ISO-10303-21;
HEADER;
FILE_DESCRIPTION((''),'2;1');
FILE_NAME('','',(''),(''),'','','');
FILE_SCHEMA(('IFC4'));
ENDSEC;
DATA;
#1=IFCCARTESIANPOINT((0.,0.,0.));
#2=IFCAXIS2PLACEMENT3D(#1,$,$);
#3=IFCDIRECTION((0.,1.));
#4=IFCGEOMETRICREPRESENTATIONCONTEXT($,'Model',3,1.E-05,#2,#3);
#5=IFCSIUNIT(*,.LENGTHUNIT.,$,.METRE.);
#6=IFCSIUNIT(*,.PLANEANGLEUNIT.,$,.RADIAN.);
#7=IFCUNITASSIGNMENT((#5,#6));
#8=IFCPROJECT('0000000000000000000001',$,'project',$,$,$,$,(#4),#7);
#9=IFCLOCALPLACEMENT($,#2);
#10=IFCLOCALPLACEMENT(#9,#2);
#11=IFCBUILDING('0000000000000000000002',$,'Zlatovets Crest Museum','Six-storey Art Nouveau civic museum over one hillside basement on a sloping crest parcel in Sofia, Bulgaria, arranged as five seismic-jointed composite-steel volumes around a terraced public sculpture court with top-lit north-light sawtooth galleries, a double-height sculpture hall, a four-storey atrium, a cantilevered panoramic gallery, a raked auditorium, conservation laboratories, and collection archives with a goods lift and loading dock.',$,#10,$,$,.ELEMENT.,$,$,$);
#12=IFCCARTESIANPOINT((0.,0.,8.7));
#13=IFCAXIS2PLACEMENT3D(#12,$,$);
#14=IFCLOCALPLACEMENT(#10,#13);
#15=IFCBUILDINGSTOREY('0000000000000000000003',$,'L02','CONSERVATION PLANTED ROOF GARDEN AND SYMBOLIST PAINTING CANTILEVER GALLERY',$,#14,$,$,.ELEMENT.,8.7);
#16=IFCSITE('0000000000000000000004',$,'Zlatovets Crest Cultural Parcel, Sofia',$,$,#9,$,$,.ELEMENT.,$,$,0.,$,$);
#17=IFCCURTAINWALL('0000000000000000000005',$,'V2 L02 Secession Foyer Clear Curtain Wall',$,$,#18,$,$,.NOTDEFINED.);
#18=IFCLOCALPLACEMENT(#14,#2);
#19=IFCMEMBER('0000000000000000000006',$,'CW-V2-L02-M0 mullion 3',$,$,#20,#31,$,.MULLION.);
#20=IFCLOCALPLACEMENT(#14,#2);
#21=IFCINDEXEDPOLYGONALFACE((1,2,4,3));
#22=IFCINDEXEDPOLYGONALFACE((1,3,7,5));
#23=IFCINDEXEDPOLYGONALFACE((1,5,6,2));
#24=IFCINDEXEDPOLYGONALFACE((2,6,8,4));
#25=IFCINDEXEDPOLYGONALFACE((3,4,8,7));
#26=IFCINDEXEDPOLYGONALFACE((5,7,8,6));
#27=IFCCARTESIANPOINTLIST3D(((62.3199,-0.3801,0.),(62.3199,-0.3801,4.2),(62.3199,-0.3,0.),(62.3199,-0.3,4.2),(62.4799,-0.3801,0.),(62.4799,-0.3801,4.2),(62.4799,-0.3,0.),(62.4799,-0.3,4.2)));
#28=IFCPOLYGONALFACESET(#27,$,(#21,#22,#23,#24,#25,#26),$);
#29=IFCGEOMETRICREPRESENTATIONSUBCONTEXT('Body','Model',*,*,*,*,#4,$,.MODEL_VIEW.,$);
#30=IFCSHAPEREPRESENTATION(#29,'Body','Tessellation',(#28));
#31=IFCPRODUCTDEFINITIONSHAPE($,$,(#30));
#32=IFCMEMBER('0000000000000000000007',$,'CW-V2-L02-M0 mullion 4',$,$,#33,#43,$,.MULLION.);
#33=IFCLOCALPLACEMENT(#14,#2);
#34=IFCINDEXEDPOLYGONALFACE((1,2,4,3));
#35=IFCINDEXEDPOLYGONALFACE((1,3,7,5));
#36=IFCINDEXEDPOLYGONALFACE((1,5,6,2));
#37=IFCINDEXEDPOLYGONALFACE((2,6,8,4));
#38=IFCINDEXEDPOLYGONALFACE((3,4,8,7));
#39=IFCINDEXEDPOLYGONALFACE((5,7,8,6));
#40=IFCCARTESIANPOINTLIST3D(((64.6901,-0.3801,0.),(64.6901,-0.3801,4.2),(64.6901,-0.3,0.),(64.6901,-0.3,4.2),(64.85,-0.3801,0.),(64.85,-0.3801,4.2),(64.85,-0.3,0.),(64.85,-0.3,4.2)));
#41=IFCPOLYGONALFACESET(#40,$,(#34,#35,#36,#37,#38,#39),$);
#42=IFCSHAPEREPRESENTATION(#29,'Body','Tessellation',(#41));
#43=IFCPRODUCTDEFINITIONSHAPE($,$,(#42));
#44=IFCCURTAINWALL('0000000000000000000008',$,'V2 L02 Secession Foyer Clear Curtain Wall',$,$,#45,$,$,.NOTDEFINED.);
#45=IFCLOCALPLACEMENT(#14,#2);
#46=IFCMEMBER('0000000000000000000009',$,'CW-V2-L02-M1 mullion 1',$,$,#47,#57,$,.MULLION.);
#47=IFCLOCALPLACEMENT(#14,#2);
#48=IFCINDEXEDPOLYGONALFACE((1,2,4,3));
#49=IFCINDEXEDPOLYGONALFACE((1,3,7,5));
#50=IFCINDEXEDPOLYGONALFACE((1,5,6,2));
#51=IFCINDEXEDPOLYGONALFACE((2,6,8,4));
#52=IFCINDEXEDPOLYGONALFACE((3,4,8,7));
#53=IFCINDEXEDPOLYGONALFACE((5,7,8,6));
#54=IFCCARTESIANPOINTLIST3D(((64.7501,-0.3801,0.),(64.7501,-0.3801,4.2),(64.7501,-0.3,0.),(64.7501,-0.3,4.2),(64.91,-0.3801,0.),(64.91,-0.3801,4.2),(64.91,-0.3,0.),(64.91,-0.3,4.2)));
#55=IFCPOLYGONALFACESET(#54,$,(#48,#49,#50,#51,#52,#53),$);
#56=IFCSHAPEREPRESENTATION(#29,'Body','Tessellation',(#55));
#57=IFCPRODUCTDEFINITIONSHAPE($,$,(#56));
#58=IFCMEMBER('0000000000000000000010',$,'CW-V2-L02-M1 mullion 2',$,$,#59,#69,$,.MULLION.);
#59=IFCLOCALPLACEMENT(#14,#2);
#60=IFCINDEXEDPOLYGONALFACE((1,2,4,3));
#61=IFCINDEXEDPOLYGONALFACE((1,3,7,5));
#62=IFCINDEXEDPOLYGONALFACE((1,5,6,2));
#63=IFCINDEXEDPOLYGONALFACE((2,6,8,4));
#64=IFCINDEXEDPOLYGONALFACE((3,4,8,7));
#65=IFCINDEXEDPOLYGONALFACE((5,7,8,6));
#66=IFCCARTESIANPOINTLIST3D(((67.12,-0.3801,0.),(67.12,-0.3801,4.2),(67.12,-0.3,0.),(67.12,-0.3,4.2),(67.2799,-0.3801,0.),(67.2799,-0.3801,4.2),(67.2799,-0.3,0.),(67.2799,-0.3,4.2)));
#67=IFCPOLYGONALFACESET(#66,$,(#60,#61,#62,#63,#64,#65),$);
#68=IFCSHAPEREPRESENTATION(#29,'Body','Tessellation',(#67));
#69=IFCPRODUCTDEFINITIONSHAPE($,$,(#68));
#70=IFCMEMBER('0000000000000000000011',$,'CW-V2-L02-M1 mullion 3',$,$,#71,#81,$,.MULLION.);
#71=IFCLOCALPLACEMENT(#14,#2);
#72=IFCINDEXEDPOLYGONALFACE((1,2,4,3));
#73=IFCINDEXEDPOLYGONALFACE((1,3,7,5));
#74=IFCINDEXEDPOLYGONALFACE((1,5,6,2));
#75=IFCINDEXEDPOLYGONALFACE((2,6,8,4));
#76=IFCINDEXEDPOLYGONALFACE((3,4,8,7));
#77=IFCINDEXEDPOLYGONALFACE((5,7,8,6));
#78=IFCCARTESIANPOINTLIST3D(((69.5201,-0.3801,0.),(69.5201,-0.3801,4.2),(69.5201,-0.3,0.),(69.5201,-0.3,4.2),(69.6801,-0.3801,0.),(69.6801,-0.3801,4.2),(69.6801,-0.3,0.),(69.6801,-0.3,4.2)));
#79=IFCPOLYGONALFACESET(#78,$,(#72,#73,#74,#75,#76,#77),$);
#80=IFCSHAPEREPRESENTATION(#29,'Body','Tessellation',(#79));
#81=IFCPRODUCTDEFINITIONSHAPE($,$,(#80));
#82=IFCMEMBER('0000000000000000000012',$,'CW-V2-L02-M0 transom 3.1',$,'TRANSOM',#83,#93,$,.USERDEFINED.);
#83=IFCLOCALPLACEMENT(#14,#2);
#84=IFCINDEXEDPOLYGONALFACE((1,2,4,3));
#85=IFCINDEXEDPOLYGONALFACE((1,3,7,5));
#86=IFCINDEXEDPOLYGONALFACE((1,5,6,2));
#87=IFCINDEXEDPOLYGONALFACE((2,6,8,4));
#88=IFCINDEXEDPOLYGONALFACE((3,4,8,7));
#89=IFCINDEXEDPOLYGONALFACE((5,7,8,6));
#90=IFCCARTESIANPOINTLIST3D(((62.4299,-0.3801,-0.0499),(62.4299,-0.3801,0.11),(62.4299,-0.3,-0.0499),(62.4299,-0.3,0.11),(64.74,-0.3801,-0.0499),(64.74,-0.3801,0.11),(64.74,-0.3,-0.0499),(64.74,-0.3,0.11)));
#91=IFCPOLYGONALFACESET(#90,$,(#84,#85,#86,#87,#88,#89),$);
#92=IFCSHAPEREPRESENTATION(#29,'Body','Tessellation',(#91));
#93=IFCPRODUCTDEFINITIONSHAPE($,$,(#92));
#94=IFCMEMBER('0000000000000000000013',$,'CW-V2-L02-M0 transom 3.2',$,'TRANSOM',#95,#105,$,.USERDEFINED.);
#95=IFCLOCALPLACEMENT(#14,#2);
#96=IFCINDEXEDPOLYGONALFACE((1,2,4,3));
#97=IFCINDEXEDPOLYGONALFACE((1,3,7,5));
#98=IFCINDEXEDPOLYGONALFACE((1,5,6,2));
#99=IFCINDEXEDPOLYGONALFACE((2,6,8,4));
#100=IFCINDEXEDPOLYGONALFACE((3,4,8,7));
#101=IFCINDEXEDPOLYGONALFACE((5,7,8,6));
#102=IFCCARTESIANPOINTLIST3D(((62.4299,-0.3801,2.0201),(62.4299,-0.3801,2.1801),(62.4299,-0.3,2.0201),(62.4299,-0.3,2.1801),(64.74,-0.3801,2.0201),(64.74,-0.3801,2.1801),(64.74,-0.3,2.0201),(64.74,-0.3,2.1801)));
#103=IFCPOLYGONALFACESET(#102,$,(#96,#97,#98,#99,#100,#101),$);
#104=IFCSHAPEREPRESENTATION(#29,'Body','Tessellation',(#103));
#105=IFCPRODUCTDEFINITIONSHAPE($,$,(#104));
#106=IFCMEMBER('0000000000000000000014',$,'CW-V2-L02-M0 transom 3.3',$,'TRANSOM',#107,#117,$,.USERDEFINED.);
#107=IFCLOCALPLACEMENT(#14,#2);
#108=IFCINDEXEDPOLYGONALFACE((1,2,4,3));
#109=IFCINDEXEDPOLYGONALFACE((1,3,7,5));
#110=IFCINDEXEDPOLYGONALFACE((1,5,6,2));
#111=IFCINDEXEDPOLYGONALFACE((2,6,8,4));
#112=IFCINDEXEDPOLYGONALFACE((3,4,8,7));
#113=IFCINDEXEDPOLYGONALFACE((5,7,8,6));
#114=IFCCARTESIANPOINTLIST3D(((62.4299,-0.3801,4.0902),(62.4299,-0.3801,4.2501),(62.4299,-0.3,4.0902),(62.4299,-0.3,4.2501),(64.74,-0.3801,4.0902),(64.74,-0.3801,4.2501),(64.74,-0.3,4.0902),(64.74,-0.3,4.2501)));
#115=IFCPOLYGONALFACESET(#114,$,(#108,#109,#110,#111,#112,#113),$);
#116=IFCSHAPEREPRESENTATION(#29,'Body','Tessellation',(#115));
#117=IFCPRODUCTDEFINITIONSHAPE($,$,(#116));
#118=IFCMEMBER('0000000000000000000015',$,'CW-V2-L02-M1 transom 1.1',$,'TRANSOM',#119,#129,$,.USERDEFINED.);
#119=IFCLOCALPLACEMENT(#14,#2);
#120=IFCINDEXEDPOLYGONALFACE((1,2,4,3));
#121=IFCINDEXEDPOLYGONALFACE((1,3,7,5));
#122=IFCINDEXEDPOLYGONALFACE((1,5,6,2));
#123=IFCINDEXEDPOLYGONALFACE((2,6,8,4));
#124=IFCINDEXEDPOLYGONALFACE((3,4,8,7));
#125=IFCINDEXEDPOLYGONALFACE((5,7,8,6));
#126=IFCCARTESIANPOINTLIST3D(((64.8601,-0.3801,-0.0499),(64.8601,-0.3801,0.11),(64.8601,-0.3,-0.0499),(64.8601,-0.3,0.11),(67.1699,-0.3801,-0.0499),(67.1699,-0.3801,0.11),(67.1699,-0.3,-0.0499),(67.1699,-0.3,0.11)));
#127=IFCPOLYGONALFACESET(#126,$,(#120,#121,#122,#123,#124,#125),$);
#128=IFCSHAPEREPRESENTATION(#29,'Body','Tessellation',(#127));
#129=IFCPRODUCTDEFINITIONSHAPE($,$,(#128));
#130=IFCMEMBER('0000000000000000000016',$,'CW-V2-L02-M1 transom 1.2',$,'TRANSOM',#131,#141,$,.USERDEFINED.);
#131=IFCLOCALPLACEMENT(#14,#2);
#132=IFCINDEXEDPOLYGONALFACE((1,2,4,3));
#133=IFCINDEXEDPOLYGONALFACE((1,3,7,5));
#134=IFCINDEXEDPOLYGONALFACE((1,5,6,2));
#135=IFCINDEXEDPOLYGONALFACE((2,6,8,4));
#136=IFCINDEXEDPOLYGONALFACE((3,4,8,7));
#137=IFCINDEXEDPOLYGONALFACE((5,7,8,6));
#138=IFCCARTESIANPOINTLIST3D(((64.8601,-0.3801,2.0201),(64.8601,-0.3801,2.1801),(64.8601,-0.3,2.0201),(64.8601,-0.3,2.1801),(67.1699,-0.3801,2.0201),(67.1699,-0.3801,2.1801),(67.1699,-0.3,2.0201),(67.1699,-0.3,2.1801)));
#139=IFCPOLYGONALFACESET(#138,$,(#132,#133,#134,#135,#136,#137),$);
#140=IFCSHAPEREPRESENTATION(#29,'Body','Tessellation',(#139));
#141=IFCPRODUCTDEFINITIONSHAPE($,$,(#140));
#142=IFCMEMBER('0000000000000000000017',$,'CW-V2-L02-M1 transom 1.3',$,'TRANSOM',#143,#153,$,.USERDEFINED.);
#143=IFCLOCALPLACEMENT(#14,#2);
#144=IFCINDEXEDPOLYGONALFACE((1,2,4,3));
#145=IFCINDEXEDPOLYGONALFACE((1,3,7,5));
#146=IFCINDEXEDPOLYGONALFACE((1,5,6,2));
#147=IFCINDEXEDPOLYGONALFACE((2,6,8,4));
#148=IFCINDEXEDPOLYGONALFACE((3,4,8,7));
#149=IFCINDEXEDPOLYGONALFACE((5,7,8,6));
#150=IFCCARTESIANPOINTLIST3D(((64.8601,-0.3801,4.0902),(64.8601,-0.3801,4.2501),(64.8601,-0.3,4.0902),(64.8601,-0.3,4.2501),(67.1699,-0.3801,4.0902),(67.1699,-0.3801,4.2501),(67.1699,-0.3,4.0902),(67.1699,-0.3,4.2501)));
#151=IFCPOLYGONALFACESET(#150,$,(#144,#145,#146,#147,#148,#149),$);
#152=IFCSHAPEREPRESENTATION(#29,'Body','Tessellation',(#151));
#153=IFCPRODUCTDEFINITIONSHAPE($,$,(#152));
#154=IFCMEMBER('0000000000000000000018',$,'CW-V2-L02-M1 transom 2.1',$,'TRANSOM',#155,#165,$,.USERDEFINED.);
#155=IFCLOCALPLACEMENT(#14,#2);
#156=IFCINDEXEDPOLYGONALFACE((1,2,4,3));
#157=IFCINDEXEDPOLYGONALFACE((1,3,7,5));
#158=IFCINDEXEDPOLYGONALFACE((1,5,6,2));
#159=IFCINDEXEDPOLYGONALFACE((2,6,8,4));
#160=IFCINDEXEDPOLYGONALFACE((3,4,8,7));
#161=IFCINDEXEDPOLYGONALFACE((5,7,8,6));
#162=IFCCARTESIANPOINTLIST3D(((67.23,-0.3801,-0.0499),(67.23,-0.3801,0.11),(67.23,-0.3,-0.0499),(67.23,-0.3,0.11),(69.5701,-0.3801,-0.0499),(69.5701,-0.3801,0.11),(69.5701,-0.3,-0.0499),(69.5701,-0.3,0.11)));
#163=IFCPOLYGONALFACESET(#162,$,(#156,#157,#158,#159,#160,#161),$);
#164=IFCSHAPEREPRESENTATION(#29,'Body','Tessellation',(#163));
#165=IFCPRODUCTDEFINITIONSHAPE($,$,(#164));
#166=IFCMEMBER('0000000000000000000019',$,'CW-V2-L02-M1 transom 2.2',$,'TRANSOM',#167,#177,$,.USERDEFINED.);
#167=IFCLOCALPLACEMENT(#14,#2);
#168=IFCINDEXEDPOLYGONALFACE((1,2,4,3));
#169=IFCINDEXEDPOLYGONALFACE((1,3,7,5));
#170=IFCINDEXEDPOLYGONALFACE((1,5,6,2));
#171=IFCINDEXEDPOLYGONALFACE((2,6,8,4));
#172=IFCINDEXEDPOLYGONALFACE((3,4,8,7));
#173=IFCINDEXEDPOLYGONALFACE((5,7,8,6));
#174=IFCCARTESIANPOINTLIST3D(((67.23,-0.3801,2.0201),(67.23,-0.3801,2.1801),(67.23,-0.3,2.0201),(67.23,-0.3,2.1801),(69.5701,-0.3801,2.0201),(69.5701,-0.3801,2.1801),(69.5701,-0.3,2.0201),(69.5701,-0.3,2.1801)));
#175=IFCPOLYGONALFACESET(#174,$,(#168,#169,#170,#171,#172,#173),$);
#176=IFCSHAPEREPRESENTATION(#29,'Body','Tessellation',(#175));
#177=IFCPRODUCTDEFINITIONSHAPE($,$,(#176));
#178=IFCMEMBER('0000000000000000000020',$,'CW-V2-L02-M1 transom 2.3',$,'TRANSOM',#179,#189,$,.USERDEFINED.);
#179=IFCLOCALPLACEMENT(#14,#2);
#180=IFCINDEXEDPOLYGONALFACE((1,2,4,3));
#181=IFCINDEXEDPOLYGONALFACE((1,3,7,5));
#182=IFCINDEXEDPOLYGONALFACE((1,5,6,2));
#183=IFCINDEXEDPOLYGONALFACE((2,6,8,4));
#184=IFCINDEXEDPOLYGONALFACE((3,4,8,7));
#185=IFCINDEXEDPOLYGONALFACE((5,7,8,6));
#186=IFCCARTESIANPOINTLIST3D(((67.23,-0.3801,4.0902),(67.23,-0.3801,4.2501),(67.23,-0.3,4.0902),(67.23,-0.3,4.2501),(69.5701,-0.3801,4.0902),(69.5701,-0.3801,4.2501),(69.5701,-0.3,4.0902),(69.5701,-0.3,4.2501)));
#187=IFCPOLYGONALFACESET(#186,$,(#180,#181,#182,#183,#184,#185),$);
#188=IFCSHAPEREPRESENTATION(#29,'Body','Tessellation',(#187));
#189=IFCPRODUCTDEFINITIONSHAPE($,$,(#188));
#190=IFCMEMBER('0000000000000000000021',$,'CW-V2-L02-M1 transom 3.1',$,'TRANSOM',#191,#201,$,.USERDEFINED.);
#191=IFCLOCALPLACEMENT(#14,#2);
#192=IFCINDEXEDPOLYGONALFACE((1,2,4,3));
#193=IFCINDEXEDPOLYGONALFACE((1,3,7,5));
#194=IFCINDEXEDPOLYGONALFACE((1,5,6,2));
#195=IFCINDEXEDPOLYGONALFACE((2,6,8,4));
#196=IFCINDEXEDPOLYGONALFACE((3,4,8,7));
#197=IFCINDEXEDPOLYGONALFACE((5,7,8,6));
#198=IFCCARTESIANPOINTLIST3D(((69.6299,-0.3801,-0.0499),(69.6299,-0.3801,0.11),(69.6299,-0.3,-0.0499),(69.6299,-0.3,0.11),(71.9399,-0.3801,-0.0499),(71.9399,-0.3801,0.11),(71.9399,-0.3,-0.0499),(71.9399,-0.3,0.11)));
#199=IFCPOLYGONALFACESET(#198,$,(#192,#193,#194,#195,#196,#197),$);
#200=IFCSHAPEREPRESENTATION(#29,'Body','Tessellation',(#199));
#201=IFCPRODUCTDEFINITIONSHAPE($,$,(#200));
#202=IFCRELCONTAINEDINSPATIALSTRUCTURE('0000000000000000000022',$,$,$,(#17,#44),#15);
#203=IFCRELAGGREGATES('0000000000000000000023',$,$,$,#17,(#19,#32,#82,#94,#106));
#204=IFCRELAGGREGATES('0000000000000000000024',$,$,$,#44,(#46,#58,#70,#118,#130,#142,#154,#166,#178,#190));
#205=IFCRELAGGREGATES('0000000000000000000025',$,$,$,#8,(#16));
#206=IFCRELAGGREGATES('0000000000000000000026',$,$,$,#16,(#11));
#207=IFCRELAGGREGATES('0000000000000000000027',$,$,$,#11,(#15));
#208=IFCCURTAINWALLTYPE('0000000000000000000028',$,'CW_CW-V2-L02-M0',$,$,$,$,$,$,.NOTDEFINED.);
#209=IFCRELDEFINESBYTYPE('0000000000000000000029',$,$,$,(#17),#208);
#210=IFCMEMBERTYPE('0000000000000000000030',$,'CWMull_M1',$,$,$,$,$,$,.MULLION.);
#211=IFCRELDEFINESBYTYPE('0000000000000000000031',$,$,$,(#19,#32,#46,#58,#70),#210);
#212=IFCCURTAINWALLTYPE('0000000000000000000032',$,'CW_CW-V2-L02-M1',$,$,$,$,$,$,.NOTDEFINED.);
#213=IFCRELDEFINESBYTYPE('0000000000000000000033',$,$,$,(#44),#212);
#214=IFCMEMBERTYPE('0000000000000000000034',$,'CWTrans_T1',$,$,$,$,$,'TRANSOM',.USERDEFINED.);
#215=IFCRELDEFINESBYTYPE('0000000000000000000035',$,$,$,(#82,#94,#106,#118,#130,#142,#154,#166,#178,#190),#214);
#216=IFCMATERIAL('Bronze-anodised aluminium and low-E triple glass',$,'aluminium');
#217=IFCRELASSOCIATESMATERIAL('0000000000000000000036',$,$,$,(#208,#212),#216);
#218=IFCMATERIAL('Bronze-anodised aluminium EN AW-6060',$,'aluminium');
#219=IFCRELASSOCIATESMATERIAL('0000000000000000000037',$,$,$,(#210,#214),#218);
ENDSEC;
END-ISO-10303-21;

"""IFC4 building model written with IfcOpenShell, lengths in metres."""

from ifc_helpers import new_model, si_unit, direction, frame, origin, origin_2d, place, context, subcontext, project, spatial, rectangle, extrude, material, material_profile, profile_set, type_object, element, aggregate, save


model = new_model("IFC4")

# Units and contexts
model_context = context("Model", 3, precision=1e-05, world=origin(), true_north=direction((0.0, 1.0)))
body_context = subcontext(model_context, "Body", "Model", "MODEL_VIEW")
ifc_project = project(units=[si_unit("LENGTHUNIT", "METRE"), si_unit("PLANEANGLEUNIT", "RADIAN")], contexts=[model_context])

# Site, building, storey
site_placement = place(None, origin())
site = spatial("IfcSite", under=ifc_project, at=site_placement, Name="Zlatovets Crest Cultural Parcel, Sofia", CompositionType="ELEMENT", RefElevation=0.0)
building_placement = place(site_placement, origin())
building = spatial("IfcBuilding", under=site, at=building_placement, Name="Zlatovets Crest Museum", Description="Six-storey Art Nouveau civic museum over one hillside basement on a sloping crest parcel in Sofia, Bulgaria, arranged as five seismic-jointed composite-steel volumes around a terraced public sculpture court with top-lit north-light sawtooth galleries, a double-height sculpture hall, a four-storey atrium, a cantilevered panoramic gallery, a raked auditorium, conservation laboratories, and collection archives with a goods lift and loading dock.", CompositionType="ELEMENT")
storey_placement = place(building_placement, frame((0.0, 0.0, 8.7)))
storey = spatial("IfcBuildingStorey", under=building, at=storey_placement, Name="L02", Description="CONSERVATION PLANTED ROOF GARDEN AND SYMBOLIST PAINTING CANTILEVER GALLERY", CompositionType="ELEMENT", Elevation=8.7)

# Curtain walls, members
ifc_material_1 = material(Name="Bronze-anodised aluminium and low-E triple glass", Category="aluminium")
curtain_wall_type_1 = type_object("IfcCurtainWallType", Name="CW_CW-V2-L02-M0", PredefinedType="NOTDEFINED", material=ifc_material_1)
curtain_wall_1_placement = place(storey_placement, origin())
curtain_wall_1 = element("IfcCurtainWall", 1, at=curtain_wall_1_placement, inside=storey, type_object=curtain_wall_type_1, Name="V2 L02 Secession Foyer Clear Curtain Wall", PredefinedType="NOTDEFINED")
ifc_material_2 = material(Name="Bronze-anodised aluminium EN AW-6060", Category="aluminium")
ifc_material_profile_1 = material_profile(ifc_material_2, rectangle(XDim=0.0801, YDim=0.1599, at=origin_2d()), Name="ALU 80x160")
ifc_profile_set_1 = profile_set([ifc_material_profile_1], Name="Bronze-anodised aluminium EN AW-6060")
member_type_1 = type_object("IfcMemberType", Name="CWMull_M1", PredefinedType="MULLION", material=ifc_profile_set_1)
member_1_placement = place(storey_placement, frame((62.3999, -0.3401, 0.0), z_axis=(0.0, 0.0, 1.0), x_axis=(0.0, 1.0, 0.0)))
member_1 = element("IfcMember", 2, at=member_1_placement, type_object=member_type_1, Name="CW-V2-L02-M0 mullion 3", PredefinedType="MULLION", context=body_context, shape_type="SweptSolid", body=[
    extrude(rectangle(XDim=0.0801, YDim=0.1599, at=origin_2d()), origin(), (0.0, 0.0, 1.0), 4.2),
])
member_2_placement = place(storey_placement, frame((64.77, -0.3401, 0.0), z_axis=(0.0, 0.0, 1.0), x_axis=(0.0, 1.0, 0.0)))
member_2 = element("IfcMember", 3, at=member_2_placement, type_object=member_type_1, Name="CW-V2-L02-M0 mullion 4", PredefinedType="MULLION", context=body_context, shape_type="SweptSolid", body=[
    extrude(rectangle(XDim=0.0801, YDim=0.1599, at=origin_2d()), origin(), (0.0, 0.0, 1.0), 4.2),
])
curtain_wall_type_2 = type_object("IfcCurtainWallType", Name="CW_CW-V2-L02-M1", PredefinedType="NOTDEFINED", material=ifc_material_1)
curtain_wall_2_placement = place(storey_placement, origin())
curtain_wall_2 = element("IfcCurtainWall", 4, at=curtain_wall_2_placement, inside=storey, type_object=curtain_wall_type_2, Name="V2 L02 Secession Foyer Clear Curtain Wall", PredefinedType="NOTDEFINED")
member_3_placement = place(storey_placement, frame((64.8301, -0.3401, 0.0), z_axis=(0.0, 0.0, 1.0), x_axis=(0.0, 1.0, 0.0)))
member_3 = element("IfcMember", 5, at=member_3_placement, type_object=member_type_1, Name="CW-V2-L02-M1 mullion 1", PredefinedType="MULLION", context=body_context, shape_type="SweptSolid", body=[
    extrude(rectangle(XDim=0.0801, YDim=0.1599, at=origin_2d()), origin(), (0.0, 0.0, 1.0), 4.2),
])
member_4_placement = place(storey_placement, frame((67.2, -0.3401, 0.0), z_axis=(0.0, 0.0, 1.0), x_axis=(0.0, 1.0, 0.0)))
member_4 = element("IfcMember", 6, at=member_4_placement, type_object=member_type_1, Name="CW-V2-L02-M1 mullion 2", PredefinedType="MULLION", context=body_context, shape_type="SweptSolid", body=[
    extrude(rectangle(XDim=0.0801, YDim=0.1599, at=origin_2d()), origin(), (0.0, 0.0, 1.0), 4.2),
])
member_5_placement = place(storey_placement, frame((69.6001, -0.3401, 0.0), z_axis=(0.0, 0.0, 1.0), x_axis=(0.0, 1.0, 0.0)))
member_5 = element("IfcMember", 7, at=member_5_placement, type_object=member_type_1, Name="CW-V2-L02-M1 mullion 3", PredefinedType="MULLION", context=body_context, shape_type="SweptSolid", body=[
    extrude(rectangle(XDim=0.0801, YDim=0.1599, at=origin_2d()), origin(), (0.0, 0.0, 1.0), 4.2),
])

# Members
ifc_material_profile_2 = material_profile(ifc_material_2, rectangle(XDim=0.0801, YDim=0.1599, at=origin_2d()), Name="ALU 80x160")
ifc_profile_set_2 = profile_set([ifc_material_profile_2], Name="Bronze-anodised aluminium EN AW-6060")
member_type_2 = type_object("IfcMemberType", Name="CWTrans_T1", ElementType="TRANSOM", PredefinedType="USERDEFINED", material=ifc_profile_set_2)
member_6_placement = place(storey_placement, frame((62.4299, -0.3401, 0.03), z_axis=(1.0, 0.0, 0.0), x_axis=(0.0, 1.0, 0.0)))
member_6 = element("IfcMember", 8, at=member_6_placement, type_object=member_type_2, Name="CW-V2-L02-M0 transom 3.1", ObjectType="TRANSOM", PredefinedType="USERDEFINED", context=body_context, shape_type="SweptSolid", body=[
    extrude(rectangle(XDim=0.0801, YDim=0.1599, at=origin_2d()), origin(), (0.0, 0.0, 1.0), 2.3101),
])
member_7_placement = place(storey_placement, frame((62.4299, -0.3401, 2.1001), z_axis=(1.0, 0.0, 0.0), x_axis=(0.0, 1.0, 0.0)))
member_7 = element("IfcMember", 9, at=member_7_placement, type_object=member_type_2, Name="CW-V2-L02-M0 transom 3.2", ObjectType="TRANSOM", PredefinedType="USERDEFINED", context=body_context, shape_type="SweptSolid", body=[
    extrude(rectangle(XDim=0.0801, YDim=0.1599, at=origin_2d()), origin(), (0.0, 0.0, 1.0), 2.3101),
])
member_8_placement = place(storey_placement, frame((62.4299, -0.3401, 4.1702), z_axis=(1.0, 0.0, 0.0), x_axis=(0.0, 1.0, 0.0)))
member_8 = element("IfcMember", 10, at=member_8_placement, type_object=member_type_2, Name="CW-V2-L02-M0 transom 3.3", ObjectType="TRANSOM", PredefinedType="USERDEFINED", context=body_context, shape_type="SweptSolid", body=[
    extrude(rectangle(XDim=0.0801, YDim=0.1599, at=origin_2d()), origin(), (0.0, 0.0, 1.0), 2.3101),
])
member_9_placement = place(storey_placement, frame((64.8601, -0.3401, 0.03), z_axis=(1.0, 0.0, 0.0), x_axis=(0.0, 1.0, 0.0)))
member_9 = element("IfcMember", 11, at=member_9_placement, type_object=member_type_2, Name="CW-V2-L02-M1 transom 1.1", ObjectType="TRANSOM", PredefinedType="USERDEFINED", context=body_context, shape_type="SweptSolid", body=[
    extrude(rectangle(XDim=0.0801, YDim=0.1599, at=origin_2d()), origin(), (0.0, 0.0, 1.0), 2.3098),
])
member_10_placement = place(storey_placement, frame((64.8601, -0.3401, 2.1001), z_axis=(1.0, 0.0, 0.0), x_axis=(0.0, 1.0, 0.0)))
member_10 = element("IfcMember", 12, at=member_10_placement, type_object=member_type_2, Name="CW-V2-L02-M1 transom 1.2", ObjectType="TRANSOM", PredefinedType="USERDEFINED", context=body_context, shape_type="SweptSolid", body=[
    extrude(rectangle(XDim=0.0801, YDim=0.1599, at=origin_2d()), origin(), (0.0, 0.0, 1.0), 2.3098),
])
member_11_placement = place(storey_placement, frame((64.8601, -0.3401, 4.1702), z_axis=(1.0, 0.0, 0.0), x_axis=(0.0, 1.0, 0.0)))
member_11 = element("IfcMember", 13, at=member_11_placement, type_object=member_type_2, Name="CW-V2-L02-M1 transom 1.3", ObjectType="TRANSOM", PredefinedType="USERDEFINED", context=body_context, shape_type="SweptSolid", body=[
    extrude(rectangle(XDim=0.0801, YDim=0.1599, at=origin_2d()), origin(), (0.0, 0.0, 1.0), 2.3098),
])
member_12_placement = place(storey_placement, frame((67.23, -0.3401, 0.03), z_axis=(1.0, 0.0, 0.0), x_axis=(0.0, 1.0, 0.0)))
member_12 = element("IfcMember", 14, at=member_12_placement, type_object=member_type_2, Name="CW-V2-L02-M1 transom 2.1", ObjectType="TRANSOM", PredefinedType="USERDEFINED", context=body_context, shape_type="SweptSolid", body=[
    extrude(rectangle(XDim=0.0801, YDim=0.1599, at=origin_2d()), origin(), (0.0, 0.0, 1.0), 2.3401),
])
member_13_placement = place(storey_placement, frame((67.23, -0.3401, 2.1001), z_axis=(1.0, 0.0, 0.0), x_axis=(0.0, 1.0, 0.0)))
member_13 = element("IfcMember", 15, at=member_13_placement, type_object=member_type_2, Name="CW-V2-L02-M1 transom 2.2", ObjectType="TRANSOM", PredefinedType="USERDEFINED", context=body_context, shape_type="SweptSolid", body=[
    extrude(rectangle(XDim=0.0801, YDim=0.1599, at=origin_2d()), origin(), (0.0, 0.0, 1.0), 2.3401),
])
member_14_placement = place(storey_placement, frame((67.23, -0.3401, 4.1702), z_axis=(1.0, 0.0, 0.0), x_axis=(0.0, 1.0, 0.0)))
member_14 = element("IfcMember", 16, at=member_14_placement, type_object=member_type_2, Name="CW-V2-L02-M1 transom 2.3", ObjectType="TRANSOM", PredefinedType="USERDEFINED", context=body_context, shape_type="SweptSolid", body=[
    extrude(rectangle(XDim=0.0801, YDim=0.1599, at=origin_2d()), origin(), (0.0, 0.0, 1.0), 2.3401),
])
member_15_placement = place(storey_placement, frame((69.6299, -0.3401, 0.03), z_axis=(1.0, 0.0, 0.0), x_axis=(0.0, 1.0, 0.0)))
member_15 = element("IfcMember", 17, at=member_15_placement, type_object=member_type_2, Name="CW-V2-L02-M1 transom 3.1", ObjectType="TRANSOM", PredefinedType="USERDEFINED", context=body_context, shape_type="SweptSolid", body=[
    extrude(rectangle(XDim=0.0801, YDim=0.1599, at=origin_2d()), origin(), (0.0, 0.0, 1.0), 2.3101),
])

aggregate(curtain_wall_1, [member_1, member_2, member_6, member_7, member_8])
aggregate(curtain_wall_2, [member_3, member_4, member_5, member_9, member_10, member_11, member_12, member_13, member_14, member_15])

save(model, "model.ifc")
